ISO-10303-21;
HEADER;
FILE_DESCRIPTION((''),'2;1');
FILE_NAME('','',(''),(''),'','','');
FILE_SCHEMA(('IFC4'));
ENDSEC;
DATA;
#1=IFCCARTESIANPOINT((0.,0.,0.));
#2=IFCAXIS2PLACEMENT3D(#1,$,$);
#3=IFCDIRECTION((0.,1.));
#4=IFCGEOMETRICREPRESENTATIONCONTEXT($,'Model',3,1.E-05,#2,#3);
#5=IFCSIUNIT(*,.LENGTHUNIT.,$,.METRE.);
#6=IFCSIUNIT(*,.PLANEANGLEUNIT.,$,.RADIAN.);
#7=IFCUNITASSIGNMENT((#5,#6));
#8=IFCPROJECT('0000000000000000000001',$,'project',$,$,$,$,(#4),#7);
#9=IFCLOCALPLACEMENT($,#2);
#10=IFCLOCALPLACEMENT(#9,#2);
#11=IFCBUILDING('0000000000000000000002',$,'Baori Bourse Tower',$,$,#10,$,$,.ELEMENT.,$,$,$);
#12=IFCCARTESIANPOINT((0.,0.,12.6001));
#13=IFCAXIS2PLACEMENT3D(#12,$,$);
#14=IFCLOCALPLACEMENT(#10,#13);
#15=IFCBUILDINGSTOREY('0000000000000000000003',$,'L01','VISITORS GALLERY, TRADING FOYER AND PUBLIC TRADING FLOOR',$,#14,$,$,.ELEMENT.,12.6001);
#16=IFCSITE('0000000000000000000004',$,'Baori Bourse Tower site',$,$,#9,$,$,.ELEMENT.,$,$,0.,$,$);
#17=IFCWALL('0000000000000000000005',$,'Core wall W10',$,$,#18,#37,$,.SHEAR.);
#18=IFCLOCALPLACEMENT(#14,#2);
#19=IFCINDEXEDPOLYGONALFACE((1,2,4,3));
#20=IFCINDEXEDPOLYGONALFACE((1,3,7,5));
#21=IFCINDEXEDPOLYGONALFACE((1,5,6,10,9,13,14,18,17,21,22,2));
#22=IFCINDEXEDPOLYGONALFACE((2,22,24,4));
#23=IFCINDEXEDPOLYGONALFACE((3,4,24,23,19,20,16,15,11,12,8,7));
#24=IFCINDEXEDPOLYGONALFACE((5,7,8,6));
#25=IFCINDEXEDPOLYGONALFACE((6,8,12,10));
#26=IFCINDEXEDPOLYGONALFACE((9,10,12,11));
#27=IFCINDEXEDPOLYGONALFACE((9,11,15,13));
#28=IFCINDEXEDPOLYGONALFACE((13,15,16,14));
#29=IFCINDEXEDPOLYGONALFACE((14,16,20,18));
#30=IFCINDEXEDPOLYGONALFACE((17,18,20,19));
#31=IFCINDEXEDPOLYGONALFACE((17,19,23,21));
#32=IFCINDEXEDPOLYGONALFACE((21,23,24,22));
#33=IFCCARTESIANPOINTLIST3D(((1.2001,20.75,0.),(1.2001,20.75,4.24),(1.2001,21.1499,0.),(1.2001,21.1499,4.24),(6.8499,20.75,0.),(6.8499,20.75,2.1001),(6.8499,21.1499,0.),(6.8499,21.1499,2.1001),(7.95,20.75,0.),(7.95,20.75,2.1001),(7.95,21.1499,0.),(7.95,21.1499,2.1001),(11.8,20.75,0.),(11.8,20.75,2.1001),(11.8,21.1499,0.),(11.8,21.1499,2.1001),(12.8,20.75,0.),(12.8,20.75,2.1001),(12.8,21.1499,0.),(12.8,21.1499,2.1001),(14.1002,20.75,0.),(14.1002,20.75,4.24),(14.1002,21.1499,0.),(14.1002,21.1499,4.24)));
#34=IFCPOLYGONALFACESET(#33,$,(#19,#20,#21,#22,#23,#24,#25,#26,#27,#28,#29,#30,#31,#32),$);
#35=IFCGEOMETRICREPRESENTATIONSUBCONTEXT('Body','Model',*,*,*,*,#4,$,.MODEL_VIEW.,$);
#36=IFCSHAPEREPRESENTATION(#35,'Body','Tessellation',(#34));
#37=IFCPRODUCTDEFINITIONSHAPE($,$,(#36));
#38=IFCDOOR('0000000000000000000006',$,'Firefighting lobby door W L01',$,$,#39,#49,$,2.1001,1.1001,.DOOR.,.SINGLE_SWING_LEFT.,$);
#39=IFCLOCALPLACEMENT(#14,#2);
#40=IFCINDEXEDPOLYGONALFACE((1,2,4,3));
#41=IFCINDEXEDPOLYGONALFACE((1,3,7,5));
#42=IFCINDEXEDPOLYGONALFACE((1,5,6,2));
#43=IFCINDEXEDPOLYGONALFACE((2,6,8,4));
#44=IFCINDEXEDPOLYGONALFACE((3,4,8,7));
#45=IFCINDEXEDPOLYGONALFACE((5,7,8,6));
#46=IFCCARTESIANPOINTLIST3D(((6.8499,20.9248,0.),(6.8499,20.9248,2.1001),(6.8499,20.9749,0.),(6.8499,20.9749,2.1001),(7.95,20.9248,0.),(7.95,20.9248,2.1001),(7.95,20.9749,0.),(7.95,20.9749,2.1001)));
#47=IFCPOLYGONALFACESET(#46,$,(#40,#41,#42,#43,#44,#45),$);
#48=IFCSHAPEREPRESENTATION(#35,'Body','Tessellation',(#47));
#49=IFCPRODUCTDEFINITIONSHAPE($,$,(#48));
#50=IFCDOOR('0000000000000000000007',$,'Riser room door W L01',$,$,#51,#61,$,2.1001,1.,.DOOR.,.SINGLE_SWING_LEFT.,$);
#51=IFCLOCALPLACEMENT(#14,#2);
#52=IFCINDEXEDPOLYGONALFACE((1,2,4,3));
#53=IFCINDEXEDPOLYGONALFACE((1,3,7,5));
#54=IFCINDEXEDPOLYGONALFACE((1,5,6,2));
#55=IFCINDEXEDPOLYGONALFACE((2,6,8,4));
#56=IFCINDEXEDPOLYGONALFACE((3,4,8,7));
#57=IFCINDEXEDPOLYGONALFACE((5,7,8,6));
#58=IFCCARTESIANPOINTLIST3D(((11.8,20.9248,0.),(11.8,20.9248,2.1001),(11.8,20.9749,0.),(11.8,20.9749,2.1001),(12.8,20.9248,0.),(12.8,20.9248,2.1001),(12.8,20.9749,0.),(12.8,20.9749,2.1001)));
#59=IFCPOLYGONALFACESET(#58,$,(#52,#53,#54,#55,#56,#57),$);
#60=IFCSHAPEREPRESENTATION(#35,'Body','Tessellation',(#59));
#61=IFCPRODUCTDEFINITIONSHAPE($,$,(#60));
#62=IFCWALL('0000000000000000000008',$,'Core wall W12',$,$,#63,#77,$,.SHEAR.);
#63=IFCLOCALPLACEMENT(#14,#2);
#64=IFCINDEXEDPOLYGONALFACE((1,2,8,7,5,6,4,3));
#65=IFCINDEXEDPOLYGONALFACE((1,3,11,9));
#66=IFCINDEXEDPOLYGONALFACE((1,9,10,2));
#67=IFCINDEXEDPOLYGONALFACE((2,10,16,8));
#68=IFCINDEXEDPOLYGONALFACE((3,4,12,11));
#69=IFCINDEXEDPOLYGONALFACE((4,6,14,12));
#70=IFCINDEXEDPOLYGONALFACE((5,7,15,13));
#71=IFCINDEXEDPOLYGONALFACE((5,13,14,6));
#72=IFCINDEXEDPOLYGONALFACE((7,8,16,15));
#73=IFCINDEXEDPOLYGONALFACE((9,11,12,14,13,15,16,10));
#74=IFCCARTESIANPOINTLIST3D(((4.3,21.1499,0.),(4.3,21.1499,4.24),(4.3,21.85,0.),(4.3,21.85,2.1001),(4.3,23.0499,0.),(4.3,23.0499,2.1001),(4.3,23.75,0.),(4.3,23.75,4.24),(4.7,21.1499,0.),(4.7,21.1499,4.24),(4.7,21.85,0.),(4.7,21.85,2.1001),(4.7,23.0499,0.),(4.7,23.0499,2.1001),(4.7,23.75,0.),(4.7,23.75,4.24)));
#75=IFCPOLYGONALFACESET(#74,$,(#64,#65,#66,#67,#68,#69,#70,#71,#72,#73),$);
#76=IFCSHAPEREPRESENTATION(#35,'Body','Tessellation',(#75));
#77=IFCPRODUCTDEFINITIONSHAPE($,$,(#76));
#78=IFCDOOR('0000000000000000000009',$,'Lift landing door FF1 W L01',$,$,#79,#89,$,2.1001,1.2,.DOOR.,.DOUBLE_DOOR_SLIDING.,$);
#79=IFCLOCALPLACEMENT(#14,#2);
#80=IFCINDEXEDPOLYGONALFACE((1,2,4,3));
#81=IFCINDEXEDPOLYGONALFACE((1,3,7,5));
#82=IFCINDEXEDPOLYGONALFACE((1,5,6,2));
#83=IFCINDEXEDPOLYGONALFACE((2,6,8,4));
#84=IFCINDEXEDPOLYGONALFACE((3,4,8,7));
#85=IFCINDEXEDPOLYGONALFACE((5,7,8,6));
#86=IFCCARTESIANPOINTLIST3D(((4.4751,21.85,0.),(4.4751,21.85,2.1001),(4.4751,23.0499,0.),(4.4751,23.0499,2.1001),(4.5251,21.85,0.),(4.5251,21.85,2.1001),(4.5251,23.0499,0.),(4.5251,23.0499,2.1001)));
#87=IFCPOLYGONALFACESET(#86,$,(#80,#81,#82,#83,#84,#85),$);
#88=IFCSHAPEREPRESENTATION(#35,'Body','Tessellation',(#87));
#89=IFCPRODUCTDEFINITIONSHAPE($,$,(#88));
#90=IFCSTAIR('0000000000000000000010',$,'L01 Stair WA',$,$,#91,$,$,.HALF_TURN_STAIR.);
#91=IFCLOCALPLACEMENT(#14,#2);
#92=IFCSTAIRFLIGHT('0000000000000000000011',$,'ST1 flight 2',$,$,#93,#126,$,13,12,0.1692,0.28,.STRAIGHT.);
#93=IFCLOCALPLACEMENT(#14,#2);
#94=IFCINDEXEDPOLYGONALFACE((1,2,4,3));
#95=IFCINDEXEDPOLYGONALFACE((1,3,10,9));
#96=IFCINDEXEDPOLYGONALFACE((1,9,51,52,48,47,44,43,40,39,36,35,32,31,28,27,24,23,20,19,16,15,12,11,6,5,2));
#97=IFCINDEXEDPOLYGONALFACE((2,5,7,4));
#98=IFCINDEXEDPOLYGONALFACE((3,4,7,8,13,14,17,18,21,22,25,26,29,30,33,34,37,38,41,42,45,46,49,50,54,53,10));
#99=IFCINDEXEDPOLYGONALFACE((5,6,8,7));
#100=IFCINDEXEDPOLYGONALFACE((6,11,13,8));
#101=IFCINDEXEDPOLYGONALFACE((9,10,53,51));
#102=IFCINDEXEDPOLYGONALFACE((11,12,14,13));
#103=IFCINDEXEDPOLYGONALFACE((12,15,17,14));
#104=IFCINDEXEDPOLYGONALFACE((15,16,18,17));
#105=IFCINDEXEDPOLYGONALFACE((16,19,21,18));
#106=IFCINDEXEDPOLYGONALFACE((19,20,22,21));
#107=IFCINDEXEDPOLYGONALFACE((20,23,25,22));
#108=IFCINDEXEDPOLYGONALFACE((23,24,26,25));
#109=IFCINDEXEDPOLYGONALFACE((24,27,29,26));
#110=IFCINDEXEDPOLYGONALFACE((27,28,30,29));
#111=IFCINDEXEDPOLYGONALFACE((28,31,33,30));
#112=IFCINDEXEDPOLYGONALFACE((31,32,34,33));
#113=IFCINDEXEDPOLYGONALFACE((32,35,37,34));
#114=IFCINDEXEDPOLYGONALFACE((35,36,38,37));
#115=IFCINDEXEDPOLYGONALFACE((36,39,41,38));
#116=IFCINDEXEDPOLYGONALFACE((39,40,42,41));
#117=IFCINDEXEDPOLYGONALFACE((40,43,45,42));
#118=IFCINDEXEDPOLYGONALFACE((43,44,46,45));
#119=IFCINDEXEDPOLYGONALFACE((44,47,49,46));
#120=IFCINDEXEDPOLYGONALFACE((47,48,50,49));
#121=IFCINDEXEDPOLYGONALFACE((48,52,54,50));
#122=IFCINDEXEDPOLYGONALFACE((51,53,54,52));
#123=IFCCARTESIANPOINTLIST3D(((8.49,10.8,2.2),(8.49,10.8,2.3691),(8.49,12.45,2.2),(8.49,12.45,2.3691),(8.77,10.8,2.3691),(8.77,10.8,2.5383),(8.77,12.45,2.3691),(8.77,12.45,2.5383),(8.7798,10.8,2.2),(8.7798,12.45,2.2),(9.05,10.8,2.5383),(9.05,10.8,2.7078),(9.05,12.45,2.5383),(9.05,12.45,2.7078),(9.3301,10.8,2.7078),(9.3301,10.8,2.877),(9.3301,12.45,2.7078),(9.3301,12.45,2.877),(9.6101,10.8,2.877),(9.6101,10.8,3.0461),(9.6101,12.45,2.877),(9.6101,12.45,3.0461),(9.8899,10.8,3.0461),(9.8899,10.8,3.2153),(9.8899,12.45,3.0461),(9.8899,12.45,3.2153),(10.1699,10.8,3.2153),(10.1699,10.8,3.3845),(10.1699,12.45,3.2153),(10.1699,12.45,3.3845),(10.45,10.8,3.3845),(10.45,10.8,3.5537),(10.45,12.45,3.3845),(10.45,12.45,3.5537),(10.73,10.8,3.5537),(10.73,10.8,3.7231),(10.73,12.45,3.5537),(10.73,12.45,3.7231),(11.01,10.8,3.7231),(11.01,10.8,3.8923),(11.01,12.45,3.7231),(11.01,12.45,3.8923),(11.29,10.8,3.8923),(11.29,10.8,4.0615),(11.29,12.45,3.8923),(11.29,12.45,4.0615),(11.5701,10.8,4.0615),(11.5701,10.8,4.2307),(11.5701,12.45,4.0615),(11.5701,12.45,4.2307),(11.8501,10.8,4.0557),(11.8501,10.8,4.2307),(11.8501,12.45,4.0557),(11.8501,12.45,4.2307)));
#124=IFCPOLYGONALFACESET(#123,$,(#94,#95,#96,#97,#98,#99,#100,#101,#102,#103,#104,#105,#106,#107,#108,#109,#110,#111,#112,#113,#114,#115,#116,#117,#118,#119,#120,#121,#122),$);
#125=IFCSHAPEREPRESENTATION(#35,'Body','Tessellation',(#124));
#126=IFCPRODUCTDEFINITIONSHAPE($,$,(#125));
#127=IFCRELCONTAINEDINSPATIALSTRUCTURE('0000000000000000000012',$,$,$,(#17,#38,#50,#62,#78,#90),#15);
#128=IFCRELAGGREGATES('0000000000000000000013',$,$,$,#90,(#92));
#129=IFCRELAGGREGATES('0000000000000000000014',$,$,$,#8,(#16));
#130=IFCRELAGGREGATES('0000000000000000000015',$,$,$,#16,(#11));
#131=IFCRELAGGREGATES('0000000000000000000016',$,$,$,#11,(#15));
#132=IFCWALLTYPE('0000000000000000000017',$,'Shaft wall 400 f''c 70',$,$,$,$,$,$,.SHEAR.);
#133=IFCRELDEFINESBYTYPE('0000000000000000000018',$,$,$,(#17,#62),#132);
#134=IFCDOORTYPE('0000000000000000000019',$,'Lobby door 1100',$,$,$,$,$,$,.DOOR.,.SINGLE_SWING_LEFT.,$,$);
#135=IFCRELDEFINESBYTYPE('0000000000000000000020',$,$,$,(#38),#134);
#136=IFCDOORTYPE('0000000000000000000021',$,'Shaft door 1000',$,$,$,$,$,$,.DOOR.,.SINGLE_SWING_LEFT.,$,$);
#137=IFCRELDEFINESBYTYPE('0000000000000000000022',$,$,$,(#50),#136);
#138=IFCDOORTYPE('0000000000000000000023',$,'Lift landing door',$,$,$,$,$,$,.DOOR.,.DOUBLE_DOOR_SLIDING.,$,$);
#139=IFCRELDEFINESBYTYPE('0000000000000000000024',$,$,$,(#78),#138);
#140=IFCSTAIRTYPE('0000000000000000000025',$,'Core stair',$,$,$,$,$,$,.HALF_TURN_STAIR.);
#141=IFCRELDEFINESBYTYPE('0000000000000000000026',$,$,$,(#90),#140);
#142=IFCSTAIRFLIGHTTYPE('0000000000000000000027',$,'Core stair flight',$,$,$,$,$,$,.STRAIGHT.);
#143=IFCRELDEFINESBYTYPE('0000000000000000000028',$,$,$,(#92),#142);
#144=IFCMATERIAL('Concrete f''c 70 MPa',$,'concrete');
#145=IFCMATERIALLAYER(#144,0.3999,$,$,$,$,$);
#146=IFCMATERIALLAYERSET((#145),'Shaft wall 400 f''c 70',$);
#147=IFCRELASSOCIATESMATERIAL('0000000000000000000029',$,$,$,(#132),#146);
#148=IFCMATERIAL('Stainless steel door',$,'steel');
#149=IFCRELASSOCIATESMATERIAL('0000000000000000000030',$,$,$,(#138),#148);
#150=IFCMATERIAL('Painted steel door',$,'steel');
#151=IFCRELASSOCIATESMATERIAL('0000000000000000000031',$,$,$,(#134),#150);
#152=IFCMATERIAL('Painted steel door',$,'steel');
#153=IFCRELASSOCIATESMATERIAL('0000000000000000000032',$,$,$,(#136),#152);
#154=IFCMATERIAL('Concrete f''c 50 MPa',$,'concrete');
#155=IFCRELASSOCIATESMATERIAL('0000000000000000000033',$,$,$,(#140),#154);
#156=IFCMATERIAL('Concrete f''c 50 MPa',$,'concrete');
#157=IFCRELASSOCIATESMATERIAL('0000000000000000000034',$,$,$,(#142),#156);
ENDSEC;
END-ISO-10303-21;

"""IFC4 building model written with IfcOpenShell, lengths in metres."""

from ifc_helpers import new_model, si_unit, direction, frame, frame_2d, origin, place, context, subcontext, project, spatial, polyline, rectangle, outline, extrude, material, layer, layer_set, type_object, element, fill, aggregate, save


model = new_model("IFC4")

# Units and contexts
model_context = context("Model", 3, precision=1e-05, world=origin(), true_north=direction((0.0, 1.0)))
body_context = subcontext(model_context, "Body", "Model", "MODEL_VIEW")
ifc_project = project(units=[si_unit("LENGTHUNIT", "METRE"), si_unit("PLANEANGLEUNIT", "RADIAN")], contexts=[model_context])

# Site, building, storey
site_placement = place(None, origin())
site = spatial("IfcSite", under=ifc_project, at=site_placement, Name="Baori Bourse Tower site", CompositionType="ELEMENT", RefElevation=0.0)
building_placement = place(site_placement, origin())
building = spatial("IfcBuilding", under=site, at=building_placement, Name="Baori Bourse Tower", CompositionType="ELEMENT")
storey_placement = place(building_placement, frame((0.0, 0.0, 12.6001)))
storey = spatial("IfcBuildingStorey", under=building, at=storey_placement, Name="L01", Description="VISITORS GALLERY, TRADING FOYER AND PUBLIC TRADING FLOOR", CompositionType="ELEMENT", Elevation=12.6001)

# Shared definitions
ifc_material_1 = material(Name="Concrete f'c 70 MPa", Category="concrete")
ifc_layer_1 = layer(ifc_material_1, 0.3999)
ifc_layer_set_1 = layer_set([ifc_layer_1], Name="Shaft wall 400 f'c 70")
wall_type_1 = type_object("IfcWallType", Name="Shaft wall 400 f'c 70", PredefinedType="SHEAR", material=ifc_layer_set_1)

# Wall, openings, doors
ifc_material_2 = material(Name="Stainless steel door", Category="steel")
door_type_1 = type_object("IfcDoorType", Name="Lift landing door", OperationType="DOUBLE_DOOR_SLIDING", PredefinedType="DOOR", material=ifc_material_2)
wall_1_placement = place(storey_placement, frame((1.2, 20.95, 0.0), z_axis=(0.0, 0.0, 1.0), x_axis=(1.0, 0.0, 0.0)))
wall_1 = element("IfcWall", 1, at=wall_1_placement, inside=storey, type_object=wall_type_1, Name="Core wall W10", PredefinedType="SHEAR", context=body_context, shape_type="SweptSolid", body=[
    extrude(rectangle(XDim=12.9001, YDim=0.3999, at=frame_2d((6.4502, 0.0))), origin(), (0.0, 0.0, 1.0), 4.24),
])
opening_1_placement = place(wall_1_placement, frame((5.6499, 0.0, 0.0)))
opening_1 = element("IfcOpeningElement", 2, at=opening_1_placement, cuts=wall_1, PredefinedType="OPENING", context=body_context, shape_type="SweptSolid", body=[
    extrude(rectangle(XDim=1.1001, YDim=2.1001, at=frame_2d((0.55, 1.05))), frame((0.0, 0.21, 0.0), z_axis=(0.0, -1.0, 0.0), x_axis=(1.0, 0.0, 0.0)), (0.0, 0.0, 1.0), 0.4199),
])
opening_2_placement = place(wall_1_placement, frame((10.6001, 0.0, 0.0)))
opening_2 = element("IfcOpeningElement", 3, at=opening_2_placement, cuts=wall_1, PredefinedType="OPENING", context=body_context, shape_type="SweptSolid", body=[
    extrude(rectangle(XDim=1.0, YDim=2.1001, at=frame_2d((0.5, 1.05))), frame((0.0, 0.21, 0.0), z_axis=(0.0, -1.0, 0.0), x_axis=(1.0, 0.0, 0.0)), (0.0, 0.0, 1.0), 0.4199),
])
ifc_material_3 = material(Name="Painted steel door", Category="steel")
door_type_2 = type_object("IfcDoorType", Name="Lobby door 1100", OperationType="SINGLE_SWING_LEFT", PredefinedType="DOOR", material=ifc_material_3)
door_1_placement = place(opening_1_placement, origin())
door_1 = element("IfcDoor", 4, at=door_1_placement, inside=storey, type_object=door_type_2, Name="Firefighting lobby door W L01", OperationType="SINGLE_SWING_LEFT", OverallHeight=2.1001, OverallWidth=1.1001, PredefinedType="DOOR", context=body_context, shape_type="SweptSolid", body=[
    extrude(rectangle(XDim=1.1001, YDim=2.1001, at=frame_2d((0.55, 1.05))), frame((0.0, 0.0249, 0.0), z_axis=(0.0, -1.0, 0.0), x_axis=(1.0, 0.0, 0.0)), (0.0, 0.0, 1.0), 0.05),
])
fill(opening_1, door_1)
ifc_material_4 = material(Name="Painted steel door", Category="steel")
door_type_3 = type_object("IfcDoorType", Name="Shaft door 1000", OperationType="SINGLE_SWING_LEFT", PredefinedType="DOOR", material=ifc_material_4)
door_2_placement = place(opening_2_placement, origin())
door_2 = element("IfcDoor", 5, at=door_2_placement, inside=storey, type_object=door_type_3, Name="Riser room door W L01", OperationType="SINGLE_SWING_LEFT", OverallHeight=2.1001, OverallWidth=1.0, PredefinedType="DOOR", context=body_context, shape_type="SweptSolid", body=[
    extrude(rectangle(XDim=1.0, YDim=2.1001, at=frame_2d((0.5, 1.05))), frame((0.0, 0.0249, 0.0), z_axis=(0.0, -1.0, 0.0), x_axis=(1.0, 0.0, 0.0)), (0.0, 0.0, 1.0), 0.05),
])
fill(opening_2, door_2)

# Wall, opening, door
wall_2_placement = place(storey_placement, frame((4.5, 21.1499, 0.0), z_axis=(0.0, 0.0, 1.0), x_axis=(0.0, 1.0, 0.0)))
wall_2 = element("IfcWall", 6, at=wall_2_placement, inside=storey, type_object=wall_type_1, Name="Core wall W12", PredefinedType="SHEAR", context=body_context, shape_type="SweptSolid", body=[
    extrude(rectangle(XDim=2.6001, YDim=0.3999, at=frame_2d((1.3, 0.0))), origin(), (0.0, 0.0, 1.0), 4.24),
])
opening_3_placement = place(wall_2_placement, frame((0.7, 0.0, 0.0)))
opening_3 = element("IfcOpeningElement", 7, at=opening_3_placement, cuts=wall_2, PredefinedType="OPENING", context=body_context, shape_type="SweptSolid", body=[
    extrude(rectangle(XDim=1.2, YDim=2.1001, at=frame_2d((0.6001, 1.05))), frame((0.0, 0.21, 0.0), z_axis=(0.0, -1.0, 0.0), x_axis=(1.0, 0.0, 0.0)), (0.0, 0.0, 1.0), 0.4199),
])
door_3_placement = place(opening_3_placement, origin())
door_3 = element("IfcDoor", 8, at=door_3_placement, inside=storey, type_object=door_type_1, Name="Lift landing door FF1 W L01", OperationType="DOUBLE_DOOR_SLIDING", OverallHeight=2.1001, OverallWidth=1.2, PredefinedType="DOOR", context=body_context, shape_type="SweptSolid", body=[
    extrude(rectangle(XDim=1.2, YDim=2.1001, at=frame_2d((0.6001, 1.05))), frame((0.0, 0.0249, 0.0), z_axis=(0.0, -1.0, 0.0), x_axis=(1.0, 0.0, 0.0)), (0.0, 0.0, 1.0), 0.05),
])
fill(opening_3, door_3)

# Stair, stair flight
ifc_material_5 = material(Name="Concrete f'c 50 MPa", Category="concrete")
stair_type = type_object("IfcStairType", Name="Core stair", PredefinedType="HALF_TURN_STAIR", material=ifc_material_5)
stair_placement = place(storey_placement, origin())
stair = element("IfcStair", 9, at=stair_placement, inside=storey, type_object=stair_type, Name="L01 Stair WA", PredefinedType="HALF_TURN_STAIR")
ifc_material_6 = material(Name="Concrete f'c 50 MPa", Category="concrete")
stair_flight_type = type_object("IfcStairFlightType", Name="Core stair flight", PredefinedType="STRAIGHT", material=ifc_material_6)
stair_flight_placement = place(storey_placement, frame((8.49, 11.625, 2.2), z_axis=(0.0, 0.0, 1.0), x_axis=(1.0, 0.0, 0.0)))
stair_flight = element("IfcStairFlight", 10, at=stair_flight_placement, type_object=stair_flight_type, Name="ST1 flight 2", NumberOfRisers=13, NumberOfTreads=12, PredefinedType="STRAIGHT", RiserHeight=0.1692, TreadLength=0.28, context=body_context, shape_type="SweptSolid", body=[
    extrude(outline(polyline([(0.0, 0.0), (0.0, 0.1692), (0.28, 0.1692), (0.28, 0.3384), (0.5601, 0.3384), (0.5601, 0.5078), (0.8401, 0.5078), (0.8401, 0.677), (1.1201, 0.677), (1.1201, 0.8462), (1.3999, 0.8462), (1.3999, 1.0154), (1.6799, 1.0154), (1.6799, 1.1846), (1.96, 1.1846), (1.96, 1.3538), (2.24, 1.3538), (2.24, 1.5232), (2.52, 1.5232), (2.52, 1.6924), (2.8, 1.6924), (2.8, 1.8616), (3.0801, 1.8616), (3.0801, 2.0308), (3.3601, 2.0308), (3.3601, 2.2), (3.3601, 1.8557), (0.2898, 0.0), (0.0, 0.0)])), frame((0.0, 0.825, 0.0), z_axis=(0.0, -1.0, 0.0), x_axis=(1.0, 0.0, 0.0)), (0.0, 0.0, 1.0), 1.6499),
])
aggregate(stair, [stair_flight])

save(model, "model.ifc")
